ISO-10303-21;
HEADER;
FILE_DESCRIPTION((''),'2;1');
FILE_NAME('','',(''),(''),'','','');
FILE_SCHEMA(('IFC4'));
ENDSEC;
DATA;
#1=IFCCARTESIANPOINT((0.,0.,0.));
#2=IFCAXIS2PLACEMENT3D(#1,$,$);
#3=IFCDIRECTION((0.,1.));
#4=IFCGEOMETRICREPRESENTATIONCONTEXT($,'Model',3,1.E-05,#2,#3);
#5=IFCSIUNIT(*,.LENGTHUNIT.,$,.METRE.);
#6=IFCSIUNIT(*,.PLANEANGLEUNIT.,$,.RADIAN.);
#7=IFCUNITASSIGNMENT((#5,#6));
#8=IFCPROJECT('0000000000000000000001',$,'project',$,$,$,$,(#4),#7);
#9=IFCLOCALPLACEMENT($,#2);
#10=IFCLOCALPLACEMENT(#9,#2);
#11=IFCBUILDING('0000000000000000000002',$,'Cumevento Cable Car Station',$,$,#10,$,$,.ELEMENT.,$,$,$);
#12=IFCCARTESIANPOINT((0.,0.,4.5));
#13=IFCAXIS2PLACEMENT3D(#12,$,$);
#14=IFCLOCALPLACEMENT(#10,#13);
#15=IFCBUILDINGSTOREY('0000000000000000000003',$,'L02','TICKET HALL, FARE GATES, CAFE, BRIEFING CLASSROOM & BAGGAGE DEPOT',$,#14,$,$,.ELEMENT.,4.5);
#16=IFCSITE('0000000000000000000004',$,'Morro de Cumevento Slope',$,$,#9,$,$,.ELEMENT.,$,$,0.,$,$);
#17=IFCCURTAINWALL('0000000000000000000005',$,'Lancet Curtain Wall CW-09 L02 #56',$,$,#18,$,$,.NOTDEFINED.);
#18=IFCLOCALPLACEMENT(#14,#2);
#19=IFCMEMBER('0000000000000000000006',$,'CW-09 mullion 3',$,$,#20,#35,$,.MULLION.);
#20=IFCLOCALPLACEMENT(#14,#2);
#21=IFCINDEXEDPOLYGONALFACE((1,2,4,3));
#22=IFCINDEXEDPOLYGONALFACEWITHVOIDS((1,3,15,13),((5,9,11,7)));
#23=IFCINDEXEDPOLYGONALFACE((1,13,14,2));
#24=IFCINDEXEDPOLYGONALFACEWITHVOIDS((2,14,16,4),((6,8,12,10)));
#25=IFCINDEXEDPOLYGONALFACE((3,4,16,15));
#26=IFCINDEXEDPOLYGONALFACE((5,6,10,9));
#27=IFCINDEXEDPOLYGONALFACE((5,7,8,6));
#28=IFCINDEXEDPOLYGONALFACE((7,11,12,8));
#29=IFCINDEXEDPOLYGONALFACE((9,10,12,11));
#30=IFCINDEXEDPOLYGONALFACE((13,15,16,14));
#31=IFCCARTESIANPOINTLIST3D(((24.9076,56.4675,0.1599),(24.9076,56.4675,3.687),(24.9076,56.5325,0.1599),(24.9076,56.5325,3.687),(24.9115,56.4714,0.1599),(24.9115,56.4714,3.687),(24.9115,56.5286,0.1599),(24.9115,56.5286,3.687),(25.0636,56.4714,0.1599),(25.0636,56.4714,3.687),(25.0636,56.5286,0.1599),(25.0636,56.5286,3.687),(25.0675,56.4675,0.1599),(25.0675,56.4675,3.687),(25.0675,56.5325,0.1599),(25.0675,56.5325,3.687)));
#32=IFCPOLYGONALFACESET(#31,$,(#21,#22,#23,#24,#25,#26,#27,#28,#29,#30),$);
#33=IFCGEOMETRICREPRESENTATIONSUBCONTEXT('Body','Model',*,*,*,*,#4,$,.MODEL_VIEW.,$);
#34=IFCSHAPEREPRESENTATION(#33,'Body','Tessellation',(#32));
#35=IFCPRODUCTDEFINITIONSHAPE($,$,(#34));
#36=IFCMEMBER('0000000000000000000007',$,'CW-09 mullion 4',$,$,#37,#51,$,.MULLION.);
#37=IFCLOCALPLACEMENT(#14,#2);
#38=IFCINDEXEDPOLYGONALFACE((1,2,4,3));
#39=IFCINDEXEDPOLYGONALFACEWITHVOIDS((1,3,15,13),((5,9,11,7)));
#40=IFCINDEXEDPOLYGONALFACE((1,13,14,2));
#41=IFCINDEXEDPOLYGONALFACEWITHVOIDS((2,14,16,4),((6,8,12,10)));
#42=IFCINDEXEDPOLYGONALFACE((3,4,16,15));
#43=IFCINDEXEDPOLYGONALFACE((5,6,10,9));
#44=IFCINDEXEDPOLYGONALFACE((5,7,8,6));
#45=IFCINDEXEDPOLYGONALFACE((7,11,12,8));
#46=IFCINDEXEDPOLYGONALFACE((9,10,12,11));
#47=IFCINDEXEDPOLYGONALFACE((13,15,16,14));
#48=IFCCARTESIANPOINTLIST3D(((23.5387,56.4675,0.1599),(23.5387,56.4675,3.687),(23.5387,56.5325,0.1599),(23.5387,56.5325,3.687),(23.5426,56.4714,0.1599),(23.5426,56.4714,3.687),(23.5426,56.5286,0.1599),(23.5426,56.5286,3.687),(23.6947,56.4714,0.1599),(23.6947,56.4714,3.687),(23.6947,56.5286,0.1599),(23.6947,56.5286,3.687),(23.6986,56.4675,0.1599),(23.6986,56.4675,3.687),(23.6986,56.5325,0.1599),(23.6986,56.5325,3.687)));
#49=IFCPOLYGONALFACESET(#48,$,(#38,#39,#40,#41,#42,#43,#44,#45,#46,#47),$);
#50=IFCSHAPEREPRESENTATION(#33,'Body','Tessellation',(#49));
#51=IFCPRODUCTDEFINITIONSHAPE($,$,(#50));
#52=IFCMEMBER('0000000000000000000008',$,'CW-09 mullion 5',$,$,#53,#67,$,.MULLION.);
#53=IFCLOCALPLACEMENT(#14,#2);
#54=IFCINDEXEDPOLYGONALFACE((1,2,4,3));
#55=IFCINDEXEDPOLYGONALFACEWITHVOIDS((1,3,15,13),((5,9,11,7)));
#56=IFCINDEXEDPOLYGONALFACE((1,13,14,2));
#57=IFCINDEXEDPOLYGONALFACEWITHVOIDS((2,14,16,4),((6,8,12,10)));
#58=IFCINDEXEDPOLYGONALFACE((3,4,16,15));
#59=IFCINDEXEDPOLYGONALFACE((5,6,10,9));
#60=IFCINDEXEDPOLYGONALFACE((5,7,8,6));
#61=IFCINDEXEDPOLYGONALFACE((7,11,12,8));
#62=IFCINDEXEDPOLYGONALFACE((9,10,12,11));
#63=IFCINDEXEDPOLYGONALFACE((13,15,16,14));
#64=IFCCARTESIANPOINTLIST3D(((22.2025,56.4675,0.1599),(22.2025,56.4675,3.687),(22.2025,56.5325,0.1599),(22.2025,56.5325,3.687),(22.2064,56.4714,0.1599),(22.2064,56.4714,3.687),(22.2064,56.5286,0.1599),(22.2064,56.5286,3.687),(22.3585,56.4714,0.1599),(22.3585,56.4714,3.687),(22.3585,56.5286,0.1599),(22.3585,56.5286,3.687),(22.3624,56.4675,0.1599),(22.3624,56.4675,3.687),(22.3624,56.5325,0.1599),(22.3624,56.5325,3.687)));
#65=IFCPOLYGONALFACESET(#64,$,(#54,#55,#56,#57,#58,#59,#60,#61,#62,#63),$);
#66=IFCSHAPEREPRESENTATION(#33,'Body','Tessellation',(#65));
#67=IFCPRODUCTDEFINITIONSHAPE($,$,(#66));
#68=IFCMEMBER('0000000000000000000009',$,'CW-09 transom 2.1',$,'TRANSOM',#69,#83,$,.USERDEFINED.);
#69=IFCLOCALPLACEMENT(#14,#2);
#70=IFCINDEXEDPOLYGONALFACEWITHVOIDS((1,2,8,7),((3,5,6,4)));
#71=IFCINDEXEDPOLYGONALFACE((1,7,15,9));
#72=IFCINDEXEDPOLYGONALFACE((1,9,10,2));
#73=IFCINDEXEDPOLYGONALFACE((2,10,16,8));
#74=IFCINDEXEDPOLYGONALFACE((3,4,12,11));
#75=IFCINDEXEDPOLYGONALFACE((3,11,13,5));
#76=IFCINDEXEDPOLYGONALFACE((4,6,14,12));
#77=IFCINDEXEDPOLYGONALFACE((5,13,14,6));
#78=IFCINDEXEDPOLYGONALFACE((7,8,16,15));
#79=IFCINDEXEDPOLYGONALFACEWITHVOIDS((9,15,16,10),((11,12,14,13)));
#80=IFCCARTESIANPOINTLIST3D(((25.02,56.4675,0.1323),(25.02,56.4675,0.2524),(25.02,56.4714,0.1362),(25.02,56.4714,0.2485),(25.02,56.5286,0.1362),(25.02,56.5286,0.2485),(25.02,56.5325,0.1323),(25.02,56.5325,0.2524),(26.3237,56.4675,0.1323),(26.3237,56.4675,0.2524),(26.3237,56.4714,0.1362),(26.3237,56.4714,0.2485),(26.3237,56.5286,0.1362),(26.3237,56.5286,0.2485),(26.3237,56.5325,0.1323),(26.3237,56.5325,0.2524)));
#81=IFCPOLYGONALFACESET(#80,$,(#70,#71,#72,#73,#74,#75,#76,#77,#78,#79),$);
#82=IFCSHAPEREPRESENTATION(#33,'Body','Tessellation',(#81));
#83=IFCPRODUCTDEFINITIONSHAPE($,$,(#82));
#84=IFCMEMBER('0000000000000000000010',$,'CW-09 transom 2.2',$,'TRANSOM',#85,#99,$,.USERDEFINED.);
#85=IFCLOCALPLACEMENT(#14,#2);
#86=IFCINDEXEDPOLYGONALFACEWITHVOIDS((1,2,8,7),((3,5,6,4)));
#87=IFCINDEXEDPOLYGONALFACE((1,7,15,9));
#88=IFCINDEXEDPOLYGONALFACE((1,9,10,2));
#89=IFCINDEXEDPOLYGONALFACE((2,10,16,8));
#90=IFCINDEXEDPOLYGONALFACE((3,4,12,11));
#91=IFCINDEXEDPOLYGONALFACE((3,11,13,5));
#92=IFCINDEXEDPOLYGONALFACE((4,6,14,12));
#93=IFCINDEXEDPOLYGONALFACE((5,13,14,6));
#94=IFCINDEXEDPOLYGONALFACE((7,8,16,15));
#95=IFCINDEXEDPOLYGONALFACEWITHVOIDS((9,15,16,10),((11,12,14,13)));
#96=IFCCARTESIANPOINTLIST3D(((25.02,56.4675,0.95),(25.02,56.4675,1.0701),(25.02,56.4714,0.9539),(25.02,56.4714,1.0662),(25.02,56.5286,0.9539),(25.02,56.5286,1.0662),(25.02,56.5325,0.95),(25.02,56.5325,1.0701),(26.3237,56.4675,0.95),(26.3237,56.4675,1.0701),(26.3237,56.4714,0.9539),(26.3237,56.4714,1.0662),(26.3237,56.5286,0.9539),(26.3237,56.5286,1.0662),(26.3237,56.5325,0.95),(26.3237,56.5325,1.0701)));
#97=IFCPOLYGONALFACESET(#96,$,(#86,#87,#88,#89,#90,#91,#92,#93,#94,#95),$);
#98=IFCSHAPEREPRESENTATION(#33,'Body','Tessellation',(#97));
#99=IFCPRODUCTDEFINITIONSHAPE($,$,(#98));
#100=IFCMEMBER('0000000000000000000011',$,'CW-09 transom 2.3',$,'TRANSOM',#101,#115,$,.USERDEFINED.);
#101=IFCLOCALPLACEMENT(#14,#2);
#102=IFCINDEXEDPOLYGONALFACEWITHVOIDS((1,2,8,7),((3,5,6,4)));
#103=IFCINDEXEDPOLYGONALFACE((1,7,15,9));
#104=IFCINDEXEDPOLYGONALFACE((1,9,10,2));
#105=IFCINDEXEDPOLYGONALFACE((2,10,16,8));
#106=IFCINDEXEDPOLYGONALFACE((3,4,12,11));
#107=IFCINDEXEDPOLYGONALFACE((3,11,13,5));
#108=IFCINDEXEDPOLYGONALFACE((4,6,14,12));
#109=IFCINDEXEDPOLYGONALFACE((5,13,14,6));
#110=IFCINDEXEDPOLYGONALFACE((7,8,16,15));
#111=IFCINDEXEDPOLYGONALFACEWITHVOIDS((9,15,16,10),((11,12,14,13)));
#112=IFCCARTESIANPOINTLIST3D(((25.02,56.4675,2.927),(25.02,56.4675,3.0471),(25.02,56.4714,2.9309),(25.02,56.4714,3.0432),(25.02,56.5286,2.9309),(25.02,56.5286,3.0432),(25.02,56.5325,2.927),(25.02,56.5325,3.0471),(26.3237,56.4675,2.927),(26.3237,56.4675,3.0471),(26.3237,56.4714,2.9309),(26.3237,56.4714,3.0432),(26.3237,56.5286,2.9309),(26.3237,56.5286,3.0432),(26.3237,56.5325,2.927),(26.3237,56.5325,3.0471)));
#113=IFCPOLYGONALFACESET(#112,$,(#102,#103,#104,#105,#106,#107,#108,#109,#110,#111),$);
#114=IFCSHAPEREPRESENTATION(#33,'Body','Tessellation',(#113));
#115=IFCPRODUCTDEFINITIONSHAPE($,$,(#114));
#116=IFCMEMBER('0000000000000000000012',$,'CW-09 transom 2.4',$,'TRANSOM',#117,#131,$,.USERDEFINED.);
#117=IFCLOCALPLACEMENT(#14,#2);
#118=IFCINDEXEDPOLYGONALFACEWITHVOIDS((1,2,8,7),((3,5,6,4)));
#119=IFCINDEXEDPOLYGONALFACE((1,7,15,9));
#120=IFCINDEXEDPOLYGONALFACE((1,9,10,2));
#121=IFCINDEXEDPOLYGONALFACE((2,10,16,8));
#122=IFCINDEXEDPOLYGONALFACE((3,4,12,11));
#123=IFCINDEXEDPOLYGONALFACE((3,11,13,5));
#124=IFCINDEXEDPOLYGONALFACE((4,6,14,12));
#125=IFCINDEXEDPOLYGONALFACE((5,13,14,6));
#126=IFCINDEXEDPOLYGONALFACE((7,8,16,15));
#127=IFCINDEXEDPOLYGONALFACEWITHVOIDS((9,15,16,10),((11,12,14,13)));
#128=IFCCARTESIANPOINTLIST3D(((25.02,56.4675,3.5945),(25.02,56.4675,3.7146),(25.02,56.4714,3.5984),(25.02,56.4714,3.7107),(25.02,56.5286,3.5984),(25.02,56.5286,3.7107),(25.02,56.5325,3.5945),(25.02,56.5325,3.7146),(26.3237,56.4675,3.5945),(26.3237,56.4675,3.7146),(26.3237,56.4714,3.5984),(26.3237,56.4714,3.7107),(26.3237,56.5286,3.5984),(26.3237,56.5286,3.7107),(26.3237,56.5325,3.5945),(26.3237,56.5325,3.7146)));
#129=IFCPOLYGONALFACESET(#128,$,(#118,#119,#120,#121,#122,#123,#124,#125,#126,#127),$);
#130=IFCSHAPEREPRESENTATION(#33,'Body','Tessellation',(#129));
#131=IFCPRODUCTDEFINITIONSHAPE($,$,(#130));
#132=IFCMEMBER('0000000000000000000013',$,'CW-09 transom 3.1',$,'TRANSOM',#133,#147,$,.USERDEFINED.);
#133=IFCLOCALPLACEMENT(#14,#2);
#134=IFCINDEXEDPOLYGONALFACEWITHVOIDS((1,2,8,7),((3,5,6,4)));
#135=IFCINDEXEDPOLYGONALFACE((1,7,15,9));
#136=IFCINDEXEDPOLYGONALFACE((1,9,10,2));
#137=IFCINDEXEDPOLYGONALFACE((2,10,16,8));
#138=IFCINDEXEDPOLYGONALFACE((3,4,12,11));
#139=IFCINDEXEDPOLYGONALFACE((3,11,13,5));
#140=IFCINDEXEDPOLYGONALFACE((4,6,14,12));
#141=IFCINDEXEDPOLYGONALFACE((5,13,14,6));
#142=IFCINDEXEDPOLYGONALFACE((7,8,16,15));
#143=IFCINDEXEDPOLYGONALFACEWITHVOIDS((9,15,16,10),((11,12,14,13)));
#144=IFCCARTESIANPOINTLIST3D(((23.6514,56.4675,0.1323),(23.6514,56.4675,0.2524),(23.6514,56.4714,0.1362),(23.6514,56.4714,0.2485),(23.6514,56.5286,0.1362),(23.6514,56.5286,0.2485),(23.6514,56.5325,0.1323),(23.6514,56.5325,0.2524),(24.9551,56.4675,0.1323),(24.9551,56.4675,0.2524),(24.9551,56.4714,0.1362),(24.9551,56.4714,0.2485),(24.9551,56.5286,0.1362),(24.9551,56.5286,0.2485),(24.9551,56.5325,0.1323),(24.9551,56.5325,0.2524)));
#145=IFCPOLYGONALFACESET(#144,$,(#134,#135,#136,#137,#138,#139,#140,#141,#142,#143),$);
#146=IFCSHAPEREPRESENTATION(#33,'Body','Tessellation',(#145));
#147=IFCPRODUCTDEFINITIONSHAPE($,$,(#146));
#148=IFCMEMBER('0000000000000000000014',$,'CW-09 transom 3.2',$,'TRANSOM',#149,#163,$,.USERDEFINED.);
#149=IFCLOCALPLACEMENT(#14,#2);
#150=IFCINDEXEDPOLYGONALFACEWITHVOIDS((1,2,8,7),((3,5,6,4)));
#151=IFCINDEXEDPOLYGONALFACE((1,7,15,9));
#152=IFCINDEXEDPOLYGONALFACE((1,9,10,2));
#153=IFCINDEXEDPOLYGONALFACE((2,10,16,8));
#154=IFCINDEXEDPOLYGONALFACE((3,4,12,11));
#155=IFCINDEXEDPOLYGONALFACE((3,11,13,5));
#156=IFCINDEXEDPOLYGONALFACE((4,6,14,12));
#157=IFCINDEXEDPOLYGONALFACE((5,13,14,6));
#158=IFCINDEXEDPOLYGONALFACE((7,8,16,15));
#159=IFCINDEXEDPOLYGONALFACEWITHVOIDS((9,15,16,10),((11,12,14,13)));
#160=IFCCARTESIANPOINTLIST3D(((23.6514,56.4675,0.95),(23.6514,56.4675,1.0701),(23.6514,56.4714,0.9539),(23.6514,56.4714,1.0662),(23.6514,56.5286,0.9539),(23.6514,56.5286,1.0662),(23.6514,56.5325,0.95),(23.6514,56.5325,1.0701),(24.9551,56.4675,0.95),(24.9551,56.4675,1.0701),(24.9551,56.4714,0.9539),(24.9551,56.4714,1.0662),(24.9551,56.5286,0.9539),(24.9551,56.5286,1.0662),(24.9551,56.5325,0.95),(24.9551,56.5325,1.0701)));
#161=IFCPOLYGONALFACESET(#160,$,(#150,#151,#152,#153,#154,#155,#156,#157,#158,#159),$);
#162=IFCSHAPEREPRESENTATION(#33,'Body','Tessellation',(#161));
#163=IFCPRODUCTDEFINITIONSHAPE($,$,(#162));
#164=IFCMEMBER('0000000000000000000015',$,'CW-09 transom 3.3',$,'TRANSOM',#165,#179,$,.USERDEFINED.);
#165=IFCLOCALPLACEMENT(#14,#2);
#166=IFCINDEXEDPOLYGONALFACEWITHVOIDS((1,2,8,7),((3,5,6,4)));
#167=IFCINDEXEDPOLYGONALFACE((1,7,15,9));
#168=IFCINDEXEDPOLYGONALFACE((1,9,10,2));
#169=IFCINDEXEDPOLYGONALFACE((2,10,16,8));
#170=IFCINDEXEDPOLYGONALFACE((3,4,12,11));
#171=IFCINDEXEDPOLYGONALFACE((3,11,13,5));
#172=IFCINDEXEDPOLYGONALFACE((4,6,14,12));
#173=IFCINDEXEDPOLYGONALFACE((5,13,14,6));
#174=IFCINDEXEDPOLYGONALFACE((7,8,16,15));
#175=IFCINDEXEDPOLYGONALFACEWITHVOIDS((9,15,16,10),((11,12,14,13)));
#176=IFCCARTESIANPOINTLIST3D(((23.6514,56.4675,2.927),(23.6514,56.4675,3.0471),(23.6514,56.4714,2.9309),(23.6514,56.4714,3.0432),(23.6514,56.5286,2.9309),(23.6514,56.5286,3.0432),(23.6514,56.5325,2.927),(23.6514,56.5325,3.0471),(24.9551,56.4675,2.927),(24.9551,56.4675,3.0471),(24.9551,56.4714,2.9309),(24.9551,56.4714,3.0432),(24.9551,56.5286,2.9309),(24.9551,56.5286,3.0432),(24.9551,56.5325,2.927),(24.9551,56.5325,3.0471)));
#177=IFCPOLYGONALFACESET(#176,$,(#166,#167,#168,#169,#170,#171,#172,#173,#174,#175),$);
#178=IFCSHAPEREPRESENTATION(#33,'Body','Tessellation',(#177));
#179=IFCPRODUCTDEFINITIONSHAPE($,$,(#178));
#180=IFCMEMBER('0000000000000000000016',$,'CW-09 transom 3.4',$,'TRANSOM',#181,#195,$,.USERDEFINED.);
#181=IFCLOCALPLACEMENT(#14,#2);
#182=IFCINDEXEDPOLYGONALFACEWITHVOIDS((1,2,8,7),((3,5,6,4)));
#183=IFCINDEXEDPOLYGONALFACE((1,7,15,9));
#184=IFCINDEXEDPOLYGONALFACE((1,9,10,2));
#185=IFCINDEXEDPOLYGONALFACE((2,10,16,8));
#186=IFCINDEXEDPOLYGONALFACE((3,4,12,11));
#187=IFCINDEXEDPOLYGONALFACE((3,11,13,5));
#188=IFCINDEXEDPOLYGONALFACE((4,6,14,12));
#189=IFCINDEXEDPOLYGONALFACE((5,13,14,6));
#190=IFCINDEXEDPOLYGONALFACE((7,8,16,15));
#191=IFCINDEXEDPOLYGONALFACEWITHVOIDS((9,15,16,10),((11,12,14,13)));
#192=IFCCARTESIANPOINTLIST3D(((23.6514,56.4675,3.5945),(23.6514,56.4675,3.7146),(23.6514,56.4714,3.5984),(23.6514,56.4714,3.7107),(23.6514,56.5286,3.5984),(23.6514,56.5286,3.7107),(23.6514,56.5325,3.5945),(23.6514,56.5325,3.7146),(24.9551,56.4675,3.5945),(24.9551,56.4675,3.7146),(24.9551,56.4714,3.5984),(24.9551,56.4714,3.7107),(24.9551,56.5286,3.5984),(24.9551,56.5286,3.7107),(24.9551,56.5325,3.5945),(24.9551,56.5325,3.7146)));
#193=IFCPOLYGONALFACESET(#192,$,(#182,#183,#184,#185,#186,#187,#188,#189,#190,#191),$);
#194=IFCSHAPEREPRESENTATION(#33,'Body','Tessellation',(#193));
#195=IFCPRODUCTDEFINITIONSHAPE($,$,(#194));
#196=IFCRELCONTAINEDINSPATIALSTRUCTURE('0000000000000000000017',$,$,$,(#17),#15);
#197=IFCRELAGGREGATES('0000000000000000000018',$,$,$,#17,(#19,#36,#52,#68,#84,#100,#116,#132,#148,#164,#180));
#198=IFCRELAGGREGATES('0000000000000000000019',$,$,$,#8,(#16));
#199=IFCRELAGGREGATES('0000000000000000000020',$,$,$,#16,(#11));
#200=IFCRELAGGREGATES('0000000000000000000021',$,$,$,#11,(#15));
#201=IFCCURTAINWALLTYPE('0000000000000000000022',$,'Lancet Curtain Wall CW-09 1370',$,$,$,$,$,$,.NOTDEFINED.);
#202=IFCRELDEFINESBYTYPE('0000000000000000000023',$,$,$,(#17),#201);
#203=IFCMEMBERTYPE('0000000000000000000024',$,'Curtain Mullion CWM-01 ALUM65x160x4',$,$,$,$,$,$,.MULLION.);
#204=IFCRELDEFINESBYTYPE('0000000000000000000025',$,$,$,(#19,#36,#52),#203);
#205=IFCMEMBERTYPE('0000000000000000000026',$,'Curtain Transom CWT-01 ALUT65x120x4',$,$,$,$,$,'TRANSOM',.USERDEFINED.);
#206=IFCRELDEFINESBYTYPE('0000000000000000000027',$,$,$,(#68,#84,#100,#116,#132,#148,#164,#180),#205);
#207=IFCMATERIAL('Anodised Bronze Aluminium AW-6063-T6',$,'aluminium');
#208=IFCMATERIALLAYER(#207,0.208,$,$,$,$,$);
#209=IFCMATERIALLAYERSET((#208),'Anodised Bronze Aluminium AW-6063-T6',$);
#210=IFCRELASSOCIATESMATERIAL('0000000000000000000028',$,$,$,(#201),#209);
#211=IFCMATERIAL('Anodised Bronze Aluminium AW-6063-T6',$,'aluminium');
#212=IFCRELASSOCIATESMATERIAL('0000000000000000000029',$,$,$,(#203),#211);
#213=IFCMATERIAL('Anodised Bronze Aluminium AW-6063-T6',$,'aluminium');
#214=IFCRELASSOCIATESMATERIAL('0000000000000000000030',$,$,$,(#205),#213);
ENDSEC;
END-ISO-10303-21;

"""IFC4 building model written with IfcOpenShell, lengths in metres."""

from ifc_helpers import new_model, si_unit, direction, frame, origin, origin_2d, place, context, subcontext, project, spatial, hollow_rectangle, extrude, material, layer, layer_set, material_profile, profile_set, type_object, element, aggregate, save


model = new_model("IFC4")

# Units and contexts
model_context = context("Model", 3, precision=1e-05, world=origin(), true_north=direction((0.0, 1.0)))
body_context = subcontext(model_context, "Body", "Model", "MODEL_VIEW")
ifc_project = project(units=[si_unit("LENGTHUNIT", "METRE"), si_unit("PLANEANGLEUNIT", "RADIAN")], contexts=[model_context])

# Site, building, storey
site_placement = place(None, origin())
site = spatial("IfcSite", under=ifc_project, at=site_placement, Name="Morro de Cumevento Slope", CompositionType="ELEMENT", RefElevation=0.0)
building_placement = place(site_placement, origin())
building = spatial("IfcBuilding", under=site, at=building_placement, Name="Cumevento Cable Car Station", CompositionType="ELEMENT")
storey_placement = place(building_placement, frame((0.0, 0.0, 4.5)))
storey = spatial("IfcBuildingStorey", under=building, at=storey_placement, Name="L02", Description="TICKET HALL, FARE GATES, CAFE, BRIEFING CLASSROOM & BAGGAGE DEPOT", CompositionType="ELEMENT", Elevation=4.5)

# Curtain wall, members
ifc_material_1 = material(Name="Anodised Bronze Aluminium AW-6063-T6", Category="aluminium")
ifc_layer_1 = layer(ifc_material_1, 0.208)
ifc_layer_set_1 = layer_set([ifc_layer_1], Name="Anodised Bronze Aluminium AW-6063-T6")
curtain_wall_type = type_object("IfcCurtainWallType", Name="Lancet Curtain Wall CW-09 1370", PredefinedType="NOTDEFINED", material=ifc_layer_set_1)
curtain_wall_placement = place(storey_placement, origin())
curtain_wall = element("IfcCurtainWall", 1, at=curtain_wall_placement, inside=storey, type_object=curtain_wall_type, Name="Lancet Curtain Wall CW-09 L02 #56", PredefinedType="NOTDEFINED")
ifc_material_2 = material(Name="Anodised Bronze Aluminium AW-6063-T6", Category="aluminium")
ifc_material_profile_1 = material_profile(ifc_material_2, hollow_rectangle(XDim=0.0649, YDim=0.1599, WallThickness=0.0039, at=origin_2d()), Name="ALUM65x160x4")
ifc_profile_set_1 = profile_set([ifc_material_profile_1], Name="Anodised Bronze Aluminium AW-6063-T6")
member_type_1 = type_object("IfcMemberType", Name="Curtain Mullion CWM-01 ALUM65x160x4", PredefinedType="MULLION", material=ifc_profile_set_1)
member_1_placement = place(storey_placement, frame((24.9875, 56.5, 0.1599), z_axis=(0.0, 0.0, 1.0), x_axis=(0.0, -1.0, 0.0)))
member_1 = element("IfcMember", 2, at=member_1_placement, type_object=member_type_1, Name="CW-09 mullion 3", PredefinedType="MULLION", context=body_context, shape_type="SweptSolid", body=[
    extrude(hollow_rectangle(XDim=0.0649, YDim=0.1599, WallThickness=0.0039, at=origin_2d()), origin(), (0.0, 0.0, 1.0), 3.5271),
])
member_2_placement = place(storey_placement, frame((23.6187, 56.5, 0.1599), z_axis=(0.0, 0.0, 1.0), x_axis=(0.0, -1.0, 0.0)))
member_2 = element("IfcMember", 3, at=member_2_placement, type_object=member_type_1, Name="CW-09 mullion 4", PredefinedType="MULLION", context=body_context, shape_type="SweptSolid", body=[
    extrude(hollow_rectangle(XDim=0.0649, YDim=0.1599, WallThickness=0.0039, at=origin_2d()), origin(), (0.0, 0.0, 1.0), 3.5271),
])
member_3_placement = place(storey_placement, frame((22.2825, 56.5, 0.1599), z_axis=(0.0, 0.0, 1.0), x_axis=(0.0, -1.0, 0.0)))
member_3 = element("IfcMember", 4, at=member_3_placement, type_object=member_type_1, Name="CW-09 mullion 5", PredefinedType="MULLION", context=body_context, shape_type="SweptSolid", body=[
    extrude(hollow_rectangle(XDim=0.0649, YDim=0.1599, WallThickness=0.0039, at=origin_2d()), origin(), (0.0, 0.0, 1.0), 3.5271),
])
ifc_material_3 = material(Name="Anodised Bronze Aluminium AW-6063-T6", Category="aluminium")
ifc_material_profile_2 = material_profile(ifc_material_3, hollow_rectangle(XDim=0.0649, YDim=0.1201, WallThickness=0.0039, at=origin_2d()), Name="ALUT65x120x4")
ifc_profile_set_2 = profile_set([ifc_material_profile_2], Name="Anodised Bronze Aluminium AW-6063-T6")
member_type_2 = type_object("IfcMemberType", Name="Curtain Transom CWT-01 ALUT65x120x4", ElementType="TRANSOM", PredefinedType="USERDEFINED", material=ifc_profile_set_2)
member_4_placement = place(storey_placement, frame((26.3237, 56.5, 0.1924), z_axis=(-1.0, 0.0, 0.0), x_axis=(0.0, -1.0, 0.0)))
member_4 = element("IfcMember", 5, at=member_4_placement, type_object=member_type_2, Name="CW-09 transom 2.1", ObjectType="TRANSOM", PredefinedType="USERDEFINED", context=body_context, shape_type="SweptSolid", body=[
    extrude(hollow_rectangle(XDim=0.0649, YDim=0.1201, WallThickness=0.0039, at=origin_2d()), origin(), (0.0, 0.0, 1.0), 1.3037),
])
member_5_placement = place(storey_placement, frame((26.3237, 56.5, 1.01), z_axis=(-1.0, 0.0, 0.0), x_axis=(0.0, -1.0, 0.0)))
member_5 = element("IfcMember", 6, at=member_5_placement, type_object=member_type_2, Name="CW-09 transom 2.2", ObjectType="TRANSOM", PredefinedType="USERDEFINED", context=body_context, shape_type="SweptSolid", body=[
    extrude(hollow_rectangle(XDim=0.0649, YDim=0.1201, WallThickness=0.0039, at=origin_2d()), origin(), (0.0, 0.0, 1.0), 1.3037),
])
member_6_placement = place(storey_placement, frame((26.3237, 56.5, 2.9871), z_axis=(-1.0, 0.0, 0.0), x_axis=(0.0, -1.0, 0.0)))
member_6 = element("IfcMember", 7, at=member_6_placement, type_object=member_type_2, Name="CW-09 transom 2.3", ObjectType="TRANSOM", PredefinedType="USERDEFINED", context=body_context, shape_type="SweptSolid", body=[
    extrude(hollow_rectangle(XDim=0.0649, YDim=0.1201, WallThickness=0.0039, at=origin_2d()), origin(), (0.0, 0.0, 1.0), 1.3037),
])
member_7_placement = place(storey_placement, frame((26.3237, 56.5, 3.6545), z_axis=(-1.0, 0.0, 0.0), x_axis=(0.0, -1.0, 0.0)))
member_7 = element("IfcMember", 8, at=member_7_placement, type_object=member_type_2, Name="CW-09 transom 2.4", ObjectType="TRANSOM", PredefinedType="USERDEFINED", context=body_context, shape_type="SweptSolid", body=[
    extrude(hollow_rectangle(XDim=0.0649, YDim=0.1201, WallThickness=0.0039, at=origin_2d()), origin(), (0.0, 0.0, 1.0), 1.3037),
])
member_8_placement = place(storey_placement, frame((24.9551, 56.5, 0.1924), z_axis=(-1.0, 0.0, 0.0), x_axis=(0.0, -1.0, 0.0)))
member_8 = element("IfcMember", 9, at=member_8_placement, type_object=member_type_2, Name="CW-09 transom 3.1", ObjectType="TRANSOM", PredefinedType="USERDEFINED", context=body_context, shape_type="SweptSolid", body=[
    extrude(hollow_rectangle(XDim=0.0649, YDim=0.1201, WallThickness=0.0039, at=origin_2d()), origin(), (0.0, 0.0, 1.0), 1.3037),
])
member_9_placement = place(storey_placement, frame((24.9551, 56.5, 1.01), z_axis=(-1.0, 0.0, 0.0), x_axis=(0.0, -1.0, 0.0)))
member_9 = element("IfcMember", 10, at=member_9_placement, type_object=member_type_2, Name="CW-09 transom 3.2", ObjectType="TRANSOM", PredefinedType="USERDEFINED", context=body_context, shape_type="SweptSolid", body=[
    extrude(hollow_rectangle(XDim=0.0649, YDim=0.1201, WallThickness=0.0039, at=origin_2d()), origin(), (0.0, 0.0, 1.0), 1.3037),
])
member_10_placement = place(storey_placement, frame((24.9551, 56.5, 2.9871), z_axis=(-1.0, 0.0, 0.0), x_axis=(0.0, -1.0, 0.0)))
member_10 = element("IfcMember", 11, at=member_10_placement, type_object=member_type_2, Name="CW-09 transom 3.3", ObjectType="TRANSOM", PredefinedType="USERDEFINED", context=body_context, shape_type="SweptSolid", body=[
    extrude(hollow_rectangle(XDim=0.0649, YDim=0.1201, WallThickness=0.0039, at=origin_2d()), origin(), (0.0, 0.0, 1.0), 1.3037),
])
member_11_placement = place(storey_placement, frame((24.9551, 56.5, 3.6545), z_axis=(-1.0, 0.0, 0.0), x_axis=(0.0, -1.0, 0.0)))
member_11 = element("IfcMember", 12, at=member_11_placement, type_object=member_type_2, Name="CW-09 transom 3.4", ObjectType="TRANSOM", PredefinedType="USERDEFINED", context=body_context, shape_type="SweptSolid", body=[
    extrude(hollow_rectangle(XDim=0.0649, YDim=0.1201, WallThickness=0.0039, at=origin_2d()), origin(), (0.0, 0.0, 1.0), 1.3037),
])

aggregate(curtain_wall, [member_1, member_2, member_3, member_4, member_5, member_6, member_7, member_8, member_9, member_10, member_11])

save(model, "model.ifc")
